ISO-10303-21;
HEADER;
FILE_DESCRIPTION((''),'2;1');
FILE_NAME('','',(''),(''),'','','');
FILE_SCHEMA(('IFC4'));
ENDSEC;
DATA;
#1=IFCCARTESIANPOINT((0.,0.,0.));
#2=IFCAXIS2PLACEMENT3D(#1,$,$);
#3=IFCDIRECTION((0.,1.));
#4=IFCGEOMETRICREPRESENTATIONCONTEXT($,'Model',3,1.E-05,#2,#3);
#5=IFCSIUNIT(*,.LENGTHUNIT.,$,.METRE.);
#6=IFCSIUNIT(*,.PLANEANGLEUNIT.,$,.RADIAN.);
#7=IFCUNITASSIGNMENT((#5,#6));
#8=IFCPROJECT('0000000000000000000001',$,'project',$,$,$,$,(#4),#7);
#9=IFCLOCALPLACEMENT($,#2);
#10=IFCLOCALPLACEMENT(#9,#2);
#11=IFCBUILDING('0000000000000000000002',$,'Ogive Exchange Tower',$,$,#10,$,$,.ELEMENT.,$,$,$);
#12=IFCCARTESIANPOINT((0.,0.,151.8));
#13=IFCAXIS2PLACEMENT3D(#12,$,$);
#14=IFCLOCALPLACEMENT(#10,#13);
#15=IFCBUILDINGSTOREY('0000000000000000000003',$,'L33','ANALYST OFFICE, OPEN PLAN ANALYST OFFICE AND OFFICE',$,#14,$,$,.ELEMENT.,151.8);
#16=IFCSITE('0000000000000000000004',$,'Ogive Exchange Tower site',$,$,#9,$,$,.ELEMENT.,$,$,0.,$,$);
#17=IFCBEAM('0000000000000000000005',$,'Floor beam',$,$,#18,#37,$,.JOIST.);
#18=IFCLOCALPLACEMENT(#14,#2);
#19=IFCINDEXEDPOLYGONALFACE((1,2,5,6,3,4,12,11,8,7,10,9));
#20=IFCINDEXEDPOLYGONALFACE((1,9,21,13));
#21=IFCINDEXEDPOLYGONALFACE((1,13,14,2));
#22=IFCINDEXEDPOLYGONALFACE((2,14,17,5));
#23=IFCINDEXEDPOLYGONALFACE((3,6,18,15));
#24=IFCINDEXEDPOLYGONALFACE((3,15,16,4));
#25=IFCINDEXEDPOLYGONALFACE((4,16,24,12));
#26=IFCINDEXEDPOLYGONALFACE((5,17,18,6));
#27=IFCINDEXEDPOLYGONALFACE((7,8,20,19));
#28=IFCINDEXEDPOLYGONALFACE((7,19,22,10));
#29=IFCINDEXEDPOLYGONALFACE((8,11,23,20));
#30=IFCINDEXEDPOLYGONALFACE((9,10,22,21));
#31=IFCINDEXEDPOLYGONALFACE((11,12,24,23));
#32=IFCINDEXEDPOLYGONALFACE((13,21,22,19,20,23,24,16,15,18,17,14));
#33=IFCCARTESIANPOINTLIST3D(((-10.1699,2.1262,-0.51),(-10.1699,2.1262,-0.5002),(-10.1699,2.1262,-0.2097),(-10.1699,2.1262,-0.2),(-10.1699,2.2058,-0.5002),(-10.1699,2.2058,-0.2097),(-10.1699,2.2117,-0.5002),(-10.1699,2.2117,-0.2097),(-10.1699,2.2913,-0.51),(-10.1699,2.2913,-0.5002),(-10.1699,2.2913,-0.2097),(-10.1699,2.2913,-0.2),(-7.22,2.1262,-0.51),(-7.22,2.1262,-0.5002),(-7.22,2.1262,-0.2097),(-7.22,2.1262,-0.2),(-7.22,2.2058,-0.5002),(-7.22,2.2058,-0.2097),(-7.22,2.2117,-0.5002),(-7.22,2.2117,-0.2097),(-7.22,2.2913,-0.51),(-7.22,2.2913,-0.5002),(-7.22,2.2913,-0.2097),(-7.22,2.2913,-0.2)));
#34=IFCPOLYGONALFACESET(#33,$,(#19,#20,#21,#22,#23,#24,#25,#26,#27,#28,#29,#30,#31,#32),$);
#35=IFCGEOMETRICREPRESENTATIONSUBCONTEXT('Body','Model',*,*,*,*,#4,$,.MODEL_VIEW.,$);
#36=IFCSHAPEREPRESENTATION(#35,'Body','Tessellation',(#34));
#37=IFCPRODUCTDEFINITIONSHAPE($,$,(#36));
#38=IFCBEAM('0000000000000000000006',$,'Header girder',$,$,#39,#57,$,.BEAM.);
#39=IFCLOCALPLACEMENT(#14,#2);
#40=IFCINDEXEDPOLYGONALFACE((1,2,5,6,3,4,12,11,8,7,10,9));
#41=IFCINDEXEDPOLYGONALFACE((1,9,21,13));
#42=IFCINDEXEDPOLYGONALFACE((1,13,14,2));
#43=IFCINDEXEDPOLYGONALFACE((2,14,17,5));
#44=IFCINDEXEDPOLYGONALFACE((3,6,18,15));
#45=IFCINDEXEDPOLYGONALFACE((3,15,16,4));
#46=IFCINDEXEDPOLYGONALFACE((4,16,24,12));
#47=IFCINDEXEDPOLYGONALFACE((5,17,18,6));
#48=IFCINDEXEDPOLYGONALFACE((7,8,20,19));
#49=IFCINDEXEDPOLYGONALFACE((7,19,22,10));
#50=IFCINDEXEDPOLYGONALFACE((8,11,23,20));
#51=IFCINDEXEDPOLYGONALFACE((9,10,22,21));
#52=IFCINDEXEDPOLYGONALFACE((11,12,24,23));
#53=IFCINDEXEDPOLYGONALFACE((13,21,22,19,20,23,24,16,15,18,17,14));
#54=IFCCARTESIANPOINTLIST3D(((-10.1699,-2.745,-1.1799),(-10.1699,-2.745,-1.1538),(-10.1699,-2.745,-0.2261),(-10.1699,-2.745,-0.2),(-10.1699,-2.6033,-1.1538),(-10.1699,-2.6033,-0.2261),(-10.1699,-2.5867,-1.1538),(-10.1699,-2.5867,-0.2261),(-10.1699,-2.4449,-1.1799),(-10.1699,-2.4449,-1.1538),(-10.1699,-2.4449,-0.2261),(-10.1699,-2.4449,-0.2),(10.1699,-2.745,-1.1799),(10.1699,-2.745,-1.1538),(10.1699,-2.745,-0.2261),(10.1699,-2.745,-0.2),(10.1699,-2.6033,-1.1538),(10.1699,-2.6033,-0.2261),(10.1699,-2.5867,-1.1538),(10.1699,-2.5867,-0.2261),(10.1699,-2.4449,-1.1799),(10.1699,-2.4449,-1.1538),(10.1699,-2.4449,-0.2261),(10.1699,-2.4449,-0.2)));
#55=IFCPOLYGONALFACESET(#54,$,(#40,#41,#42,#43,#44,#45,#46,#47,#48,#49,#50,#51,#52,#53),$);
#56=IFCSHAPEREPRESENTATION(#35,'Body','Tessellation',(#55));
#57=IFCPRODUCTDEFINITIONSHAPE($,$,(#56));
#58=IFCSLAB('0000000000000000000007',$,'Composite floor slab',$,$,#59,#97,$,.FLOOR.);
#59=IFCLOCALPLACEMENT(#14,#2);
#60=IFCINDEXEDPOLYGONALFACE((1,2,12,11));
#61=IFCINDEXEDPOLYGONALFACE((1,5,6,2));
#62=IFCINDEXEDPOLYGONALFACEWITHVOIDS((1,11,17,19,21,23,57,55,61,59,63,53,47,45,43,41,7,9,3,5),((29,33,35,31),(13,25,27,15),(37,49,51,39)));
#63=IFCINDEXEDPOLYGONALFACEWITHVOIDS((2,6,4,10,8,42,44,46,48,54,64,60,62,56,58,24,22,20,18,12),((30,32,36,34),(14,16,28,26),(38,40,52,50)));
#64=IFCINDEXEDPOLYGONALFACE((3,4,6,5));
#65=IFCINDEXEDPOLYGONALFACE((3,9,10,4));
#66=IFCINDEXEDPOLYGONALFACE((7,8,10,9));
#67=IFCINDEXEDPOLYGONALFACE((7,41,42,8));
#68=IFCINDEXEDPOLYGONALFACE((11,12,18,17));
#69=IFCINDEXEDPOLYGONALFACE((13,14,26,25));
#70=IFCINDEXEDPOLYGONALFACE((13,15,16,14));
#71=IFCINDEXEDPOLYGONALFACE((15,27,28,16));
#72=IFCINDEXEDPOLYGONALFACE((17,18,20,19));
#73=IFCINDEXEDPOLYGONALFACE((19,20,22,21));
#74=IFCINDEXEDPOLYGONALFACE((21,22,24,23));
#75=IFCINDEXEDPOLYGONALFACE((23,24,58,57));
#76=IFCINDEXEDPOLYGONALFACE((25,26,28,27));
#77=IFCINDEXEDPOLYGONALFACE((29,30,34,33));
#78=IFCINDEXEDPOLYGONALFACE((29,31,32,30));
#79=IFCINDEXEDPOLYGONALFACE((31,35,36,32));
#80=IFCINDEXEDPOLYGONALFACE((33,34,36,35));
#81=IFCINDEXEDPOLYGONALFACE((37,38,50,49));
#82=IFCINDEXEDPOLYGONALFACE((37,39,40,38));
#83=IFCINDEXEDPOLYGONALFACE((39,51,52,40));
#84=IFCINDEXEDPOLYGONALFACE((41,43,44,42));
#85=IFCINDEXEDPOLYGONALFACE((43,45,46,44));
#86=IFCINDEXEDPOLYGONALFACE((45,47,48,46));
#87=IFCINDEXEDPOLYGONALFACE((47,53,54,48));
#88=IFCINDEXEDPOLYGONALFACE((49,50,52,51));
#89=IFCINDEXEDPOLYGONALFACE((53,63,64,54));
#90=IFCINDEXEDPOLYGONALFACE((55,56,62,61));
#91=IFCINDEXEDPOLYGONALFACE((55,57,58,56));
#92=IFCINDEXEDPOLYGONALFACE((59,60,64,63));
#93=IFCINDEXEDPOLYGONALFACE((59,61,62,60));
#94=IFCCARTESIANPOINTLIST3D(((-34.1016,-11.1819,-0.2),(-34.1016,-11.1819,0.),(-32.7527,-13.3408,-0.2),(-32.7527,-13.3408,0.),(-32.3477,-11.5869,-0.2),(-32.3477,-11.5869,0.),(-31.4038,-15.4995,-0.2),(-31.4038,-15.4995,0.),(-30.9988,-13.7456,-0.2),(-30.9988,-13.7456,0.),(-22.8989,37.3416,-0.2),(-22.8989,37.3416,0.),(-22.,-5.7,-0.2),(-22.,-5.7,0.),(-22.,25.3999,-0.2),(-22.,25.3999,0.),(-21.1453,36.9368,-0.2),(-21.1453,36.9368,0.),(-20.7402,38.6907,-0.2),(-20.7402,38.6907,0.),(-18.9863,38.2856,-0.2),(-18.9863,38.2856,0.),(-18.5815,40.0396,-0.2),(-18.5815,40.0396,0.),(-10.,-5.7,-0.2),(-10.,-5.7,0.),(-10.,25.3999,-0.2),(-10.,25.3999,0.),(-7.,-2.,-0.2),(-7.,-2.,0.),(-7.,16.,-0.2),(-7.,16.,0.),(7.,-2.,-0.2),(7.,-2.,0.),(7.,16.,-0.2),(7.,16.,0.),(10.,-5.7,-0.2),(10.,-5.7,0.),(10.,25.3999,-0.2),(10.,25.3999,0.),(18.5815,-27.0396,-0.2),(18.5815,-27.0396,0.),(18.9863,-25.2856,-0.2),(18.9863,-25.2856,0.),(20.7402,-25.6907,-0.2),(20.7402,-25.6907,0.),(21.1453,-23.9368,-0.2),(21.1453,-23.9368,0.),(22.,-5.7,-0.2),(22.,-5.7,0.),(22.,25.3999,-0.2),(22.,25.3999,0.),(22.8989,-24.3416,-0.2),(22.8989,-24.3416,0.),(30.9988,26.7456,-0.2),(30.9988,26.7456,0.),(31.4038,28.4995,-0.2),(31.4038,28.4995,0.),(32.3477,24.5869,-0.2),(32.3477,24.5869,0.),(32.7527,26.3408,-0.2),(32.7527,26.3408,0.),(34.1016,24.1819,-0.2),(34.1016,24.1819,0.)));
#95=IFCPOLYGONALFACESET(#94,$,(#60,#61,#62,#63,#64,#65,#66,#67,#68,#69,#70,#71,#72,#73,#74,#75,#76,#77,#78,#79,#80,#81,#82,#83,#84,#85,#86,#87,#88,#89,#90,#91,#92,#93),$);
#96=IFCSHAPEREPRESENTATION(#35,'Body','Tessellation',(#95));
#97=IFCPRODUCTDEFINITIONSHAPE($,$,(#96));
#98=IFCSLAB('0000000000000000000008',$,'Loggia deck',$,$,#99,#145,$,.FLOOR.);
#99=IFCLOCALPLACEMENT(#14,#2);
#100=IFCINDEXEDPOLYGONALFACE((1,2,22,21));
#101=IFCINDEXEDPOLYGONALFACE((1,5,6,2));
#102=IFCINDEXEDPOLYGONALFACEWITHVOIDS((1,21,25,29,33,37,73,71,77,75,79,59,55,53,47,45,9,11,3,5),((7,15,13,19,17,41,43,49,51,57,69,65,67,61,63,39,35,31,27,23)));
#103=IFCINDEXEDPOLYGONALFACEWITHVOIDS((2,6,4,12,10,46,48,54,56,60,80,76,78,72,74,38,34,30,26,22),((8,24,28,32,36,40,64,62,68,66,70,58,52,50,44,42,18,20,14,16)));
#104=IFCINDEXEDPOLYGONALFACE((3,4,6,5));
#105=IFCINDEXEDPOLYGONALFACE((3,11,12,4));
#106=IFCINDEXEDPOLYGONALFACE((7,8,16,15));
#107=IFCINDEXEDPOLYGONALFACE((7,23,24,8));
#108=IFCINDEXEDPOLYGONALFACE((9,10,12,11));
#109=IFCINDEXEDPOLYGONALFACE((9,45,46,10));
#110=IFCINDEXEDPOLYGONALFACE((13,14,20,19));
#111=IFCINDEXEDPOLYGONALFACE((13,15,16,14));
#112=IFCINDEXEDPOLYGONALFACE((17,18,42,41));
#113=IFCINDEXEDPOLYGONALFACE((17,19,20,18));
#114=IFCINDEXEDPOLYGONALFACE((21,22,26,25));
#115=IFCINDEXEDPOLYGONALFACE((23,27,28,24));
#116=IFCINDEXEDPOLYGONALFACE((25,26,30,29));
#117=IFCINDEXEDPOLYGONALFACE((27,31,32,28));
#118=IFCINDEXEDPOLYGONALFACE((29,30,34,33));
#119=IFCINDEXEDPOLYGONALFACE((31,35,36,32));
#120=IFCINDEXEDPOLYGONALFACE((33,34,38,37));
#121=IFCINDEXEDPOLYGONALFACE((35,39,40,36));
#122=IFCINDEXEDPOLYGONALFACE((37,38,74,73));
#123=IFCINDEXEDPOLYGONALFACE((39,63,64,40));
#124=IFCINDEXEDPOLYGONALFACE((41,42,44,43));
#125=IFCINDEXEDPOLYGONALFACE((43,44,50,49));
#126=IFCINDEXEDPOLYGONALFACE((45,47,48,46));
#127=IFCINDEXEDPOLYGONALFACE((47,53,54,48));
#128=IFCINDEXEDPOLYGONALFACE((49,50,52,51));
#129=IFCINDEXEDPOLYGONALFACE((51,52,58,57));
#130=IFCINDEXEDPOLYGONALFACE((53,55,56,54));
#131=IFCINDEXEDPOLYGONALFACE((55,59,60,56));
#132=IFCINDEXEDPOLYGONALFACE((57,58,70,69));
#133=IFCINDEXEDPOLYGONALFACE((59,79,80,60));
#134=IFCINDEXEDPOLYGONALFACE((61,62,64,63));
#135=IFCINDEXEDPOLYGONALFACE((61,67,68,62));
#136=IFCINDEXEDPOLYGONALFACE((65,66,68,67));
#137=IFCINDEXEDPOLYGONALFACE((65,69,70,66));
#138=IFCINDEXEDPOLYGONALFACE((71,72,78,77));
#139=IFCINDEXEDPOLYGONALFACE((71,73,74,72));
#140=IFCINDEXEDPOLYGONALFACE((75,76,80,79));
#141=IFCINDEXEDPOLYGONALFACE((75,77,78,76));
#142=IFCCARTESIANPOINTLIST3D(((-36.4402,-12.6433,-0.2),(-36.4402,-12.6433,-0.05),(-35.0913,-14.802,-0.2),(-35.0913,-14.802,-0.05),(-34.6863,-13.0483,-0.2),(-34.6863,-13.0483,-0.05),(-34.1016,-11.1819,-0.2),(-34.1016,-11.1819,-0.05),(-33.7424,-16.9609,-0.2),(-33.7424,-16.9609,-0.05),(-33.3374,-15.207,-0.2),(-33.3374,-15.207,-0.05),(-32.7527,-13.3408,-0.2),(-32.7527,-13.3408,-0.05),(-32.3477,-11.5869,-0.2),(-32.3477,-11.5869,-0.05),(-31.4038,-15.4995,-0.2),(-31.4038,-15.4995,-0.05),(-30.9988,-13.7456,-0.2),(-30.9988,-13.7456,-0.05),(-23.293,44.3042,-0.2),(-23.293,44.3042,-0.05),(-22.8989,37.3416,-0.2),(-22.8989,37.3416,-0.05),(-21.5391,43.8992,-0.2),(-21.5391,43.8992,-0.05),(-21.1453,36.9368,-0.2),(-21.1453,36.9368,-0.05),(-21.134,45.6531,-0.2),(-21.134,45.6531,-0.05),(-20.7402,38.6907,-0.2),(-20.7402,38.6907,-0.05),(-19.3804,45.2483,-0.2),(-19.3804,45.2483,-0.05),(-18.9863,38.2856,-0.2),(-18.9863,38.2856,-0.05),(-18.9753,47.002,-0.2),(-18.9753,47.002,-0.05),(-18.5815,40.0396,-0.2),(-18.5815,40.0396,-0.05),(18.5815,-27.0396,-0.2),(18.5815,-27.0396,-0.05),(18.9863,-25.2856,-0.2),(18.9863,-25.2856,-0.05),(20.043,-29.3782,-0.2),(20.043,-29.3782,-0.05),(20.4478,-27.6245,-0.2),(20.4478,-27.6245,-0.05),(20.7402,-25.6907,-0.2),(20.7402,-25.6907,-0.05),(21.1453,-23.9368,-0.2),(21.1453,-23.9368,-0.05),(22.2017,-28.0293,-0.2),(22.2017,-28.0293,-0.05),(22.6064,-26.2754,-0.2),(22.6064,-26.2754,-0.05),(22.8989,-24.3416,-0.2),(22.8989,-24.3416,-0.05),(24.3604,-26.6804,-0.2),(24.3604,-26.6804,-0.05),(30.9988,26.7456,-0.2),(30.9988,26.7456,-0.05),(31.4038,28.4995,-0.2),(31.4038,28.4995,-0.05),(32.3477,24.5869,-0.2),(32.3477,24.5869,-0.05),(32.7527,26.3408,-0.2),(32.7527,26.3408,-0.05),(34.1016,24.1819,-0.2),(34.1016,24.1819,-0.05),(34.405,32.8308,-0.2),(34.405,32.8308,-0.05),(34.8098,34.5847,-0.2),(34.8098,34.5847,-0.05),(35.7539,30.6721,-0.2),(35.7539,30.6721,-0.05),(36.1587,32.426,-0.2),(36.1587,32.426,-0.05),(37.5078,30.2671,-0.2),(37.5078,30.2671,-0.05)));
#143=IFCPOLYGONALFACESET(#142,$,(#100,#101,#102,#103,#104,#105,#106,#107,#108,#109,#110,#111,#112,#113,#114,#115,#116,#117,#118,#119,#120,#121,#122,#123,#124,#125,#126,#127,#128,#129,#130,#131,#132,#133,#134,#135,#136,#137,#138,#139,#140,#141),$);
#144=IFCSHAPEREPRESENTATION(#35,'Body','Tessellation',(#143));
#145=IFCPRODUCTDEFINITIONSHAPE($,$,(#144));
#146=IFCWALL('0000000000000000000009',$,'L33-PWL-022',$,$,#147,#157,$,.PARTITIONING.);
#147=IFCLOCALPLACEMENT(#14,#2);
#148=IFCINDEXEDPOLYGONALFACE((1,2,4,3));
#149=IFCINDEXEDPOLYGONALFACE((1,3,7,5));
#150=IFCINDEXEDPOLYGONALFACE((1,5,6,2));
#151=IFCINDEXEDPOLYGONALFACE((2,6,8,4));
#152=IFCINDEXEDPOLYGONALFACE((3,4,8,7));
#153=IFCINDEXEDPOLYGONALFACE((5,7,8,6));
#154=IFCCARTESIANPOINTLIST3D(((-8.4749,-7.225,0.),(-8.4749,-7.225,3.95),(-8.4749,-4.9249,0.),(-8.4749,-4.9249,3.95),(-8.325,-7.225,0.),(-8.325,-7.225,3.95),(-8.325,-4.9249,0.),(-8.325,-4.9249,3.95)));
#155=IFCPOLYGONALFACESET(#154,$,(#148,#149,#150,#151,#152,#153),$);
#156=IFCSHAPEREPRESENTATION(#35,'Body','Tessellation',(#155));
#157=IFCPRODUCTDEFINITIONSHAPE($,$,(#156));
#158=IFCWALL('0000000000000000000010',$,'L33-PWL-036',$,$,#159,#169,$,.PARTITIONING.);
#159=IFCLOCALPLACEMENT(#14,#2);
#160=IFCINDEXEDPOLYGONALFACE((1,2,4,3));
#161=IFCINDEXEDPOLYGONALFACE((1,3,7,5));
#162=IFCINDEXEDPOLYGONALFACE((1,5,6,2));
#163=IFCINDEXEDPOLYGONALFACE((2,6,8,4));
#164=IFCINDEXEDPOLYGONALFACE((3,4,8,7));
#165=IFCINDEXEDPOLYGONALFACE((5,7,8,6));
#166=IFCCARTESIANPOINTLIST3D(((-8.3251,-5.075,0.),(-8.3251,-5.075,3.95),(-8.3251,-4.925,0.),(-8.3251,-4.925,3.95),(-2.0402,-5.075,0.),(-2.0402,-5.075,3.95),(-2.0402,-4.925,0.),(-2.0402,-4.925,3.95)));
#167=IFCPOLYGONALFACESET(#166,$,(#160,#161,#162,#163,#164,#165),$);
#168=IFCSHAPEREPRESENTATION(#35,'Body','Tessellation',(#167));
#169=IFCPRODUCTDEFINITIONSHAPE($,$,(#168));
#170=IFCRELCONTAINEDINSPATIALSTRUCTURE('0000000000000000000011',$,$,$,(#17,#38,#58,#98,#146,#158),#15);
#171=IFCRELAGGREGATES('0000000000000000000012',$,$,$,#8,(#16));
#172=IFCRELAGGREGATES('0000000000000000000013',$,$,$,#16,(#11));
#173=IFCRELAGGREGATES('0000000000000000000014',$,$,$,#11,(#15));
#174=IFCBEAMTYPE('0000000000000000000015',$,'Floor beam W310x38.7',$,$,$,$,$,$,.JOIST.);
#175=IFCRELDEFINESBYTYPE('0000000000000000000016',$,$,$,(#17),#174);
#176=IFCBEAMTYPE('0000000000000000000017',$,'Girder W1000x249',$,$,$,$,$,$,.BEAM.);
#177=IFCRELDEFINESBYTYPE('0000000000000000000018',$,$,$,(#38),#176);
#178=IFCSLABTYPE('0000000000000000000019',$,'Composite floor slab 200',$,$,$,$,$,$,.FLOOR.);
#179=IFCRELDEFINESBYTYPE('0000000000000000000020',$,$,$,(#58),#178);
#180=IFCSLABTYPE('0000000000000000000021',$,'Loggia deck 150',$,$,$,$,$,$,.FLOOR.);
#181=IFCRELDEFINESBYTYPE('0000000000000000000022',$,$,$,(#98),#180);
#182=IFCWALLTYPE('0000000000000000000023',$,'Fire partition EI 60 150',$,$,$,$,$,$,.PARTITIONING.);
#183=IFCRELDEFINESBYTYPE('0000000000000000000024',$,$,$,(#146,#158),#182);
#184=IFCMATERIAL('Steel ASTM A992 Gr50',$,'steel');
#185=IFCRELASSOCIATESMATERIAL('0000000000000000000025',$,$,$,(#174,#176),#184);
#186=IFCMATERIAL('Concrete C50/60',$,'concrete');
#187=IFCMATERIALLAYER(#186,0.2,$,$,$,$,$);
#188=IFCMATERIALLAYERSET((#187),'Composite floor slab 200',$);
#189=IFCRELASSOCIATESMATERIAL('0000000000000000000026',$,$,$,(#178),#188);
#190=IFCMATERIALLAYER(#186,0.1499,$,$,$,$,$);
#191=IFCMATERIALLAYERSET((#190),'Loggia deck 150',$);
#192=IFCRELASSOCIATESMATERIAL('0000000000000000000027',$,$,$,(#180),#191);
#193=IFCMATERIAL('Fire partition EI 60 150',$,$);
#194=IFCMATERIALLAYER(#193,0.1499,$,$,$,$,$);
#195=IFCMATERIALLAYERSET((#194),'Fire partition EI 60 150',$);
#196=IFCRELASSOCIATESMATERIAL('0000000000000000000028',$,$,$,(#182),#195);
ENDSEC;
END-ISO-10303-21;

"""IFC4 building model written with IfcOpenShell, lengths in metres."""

from ifc_helpers import new_model, si_unit, direction, frame, frame_2d, origin, origin_2d, place, context, subcontext, project, spatial, polyline, rectangle, i_section, outline, extrude, material, layer, layer_set, material_profile, profile_set, type_object, element, save


model = new_model("IFC4")

# Units and contexts
model_context = context("Model", 3, precision=1e-05, world=origin(), true_north=direction((0.0, 1.0)))
body_context = subcontext(model_context, "Body", "Model", "MODEL_VIEW")
ifc_project = project(units=[si_unit("LENGTHUNIT", "METRE"), si_unit("PLANEANGLEUNIT", "RADIAN")], contexts=[model_context])

# Site, building, storey
site_placement = place(None, origin())
site = spatial("IfcSite", under=ifc_project, at=site_placement, Name="Ogive Exchange Tower site", CompositionType="ELEMENT", RefElevation=0.0)
building_placement = place(site_placement, origin())
building = spatial("IfcBuilding", under=site, at=building_placement, Name="Ogive Exchange Tower", CompositionType="ELEMENT")
storey_placement = place(building_placement, frame((0.0, 0.0, 151.8)))
storey = spatial("IfcBuildingStorey", under=building, at=storey_placement, Name="L33", Description="ANALYST OFFICE, OPEN PLAN ANALYST OFFICE AND OFFICE", CompositionType="ELEMENT", Elevation=151.8)

# Beams
ifc_material_1 = material(Name="Steel ASTM A992 Gr50", Category="steel")
ifc_material_profile_1 = material_profile(ifc_material_1, i_section(OverallWidth=0.165, OverallDepth=0.3101, WebThickness=0.0059, FlangeThickness=0.0098, at=origin_2d()), Name="W310x38.7")
ifc_profile_set_1 = profile_set([ifc_material_profile_1], Name="Steel ASTM A992 Gr50")
beam_type_1 = type_object("IfcBeamType", Name="Floor beam W310x38.7", PredefinedType="JOIST", material=ifc_profile_set_1)
beam_1_placement = place(storey_placement, frame((-10.1699, 2.2087, -0.355), z_axis=(1.0, 0.0, 0.0), x_axis=(0.0, 1.0, 0.0)))
element("IfcBeam", 1, at=beam_1_placement, inside=storey, type_object=beam_type_1, Name="Floor beam", PredefinedType="JOIST", context=body_context, shape_type="SweptSolid", body=[
    extrude(i_section(OverallWidth=0.165, OverallDepth=0.3101, WebThickness=0.0059, FlangeThickness=0.0098, at=origin_2d()), origin(), (0.0, 0.0, 1.0), 2.95),
])
ifc_material_profile_2 = material_profile(ifc_material_1, i_section(OverallWidth=0.3, OverallDepth=0.98, WebThickness=0.0166, FlangeThickness=0.0261, at=origin_2d()), Name="W1000x249")
ifc_profile_set_2 = profile_set([ifc_material_profile_2], Name="Steel ASTM A992 Gr50")
beam_type_2 = type_object("IfcBeamType", Name="Girder W1000x249", PredefinedType="BEAM", material=ifc_profile_set_2)
beam_2_placement = place(storey_placement, frame((-10.1699, -2.595, -0.6899), z_axis=(1.0, 0.0, 0.0), x_axis=(0.0, 1.0, 0.0)))
element("IfcBeam", 2, at=beam_2_placement, inside=storey, type_object=beam_type_2, Name="Header girder", PredefinedType="BEAM", context=body_context, shape_type="SweptSolid", body=[
    extrude(i_section(OverallWidth=0.3, OverallDepth=0.98, WebThickness=0.0166, FlangeThickness=0.0261, at=origin_2d()), origin(), (0.0, 0.0, 1.0), 20.3398),
])

# Slabs
ifc_material_2 = material(Name="Concrete C50/60", Category="concrete")
ifc_layer_1 = layer(ifc_material_2, 0.2)
ifc_layer_set_1 = layer_set([ifc_layer_1], Name="Composite floor slab 200")
slab_type_1 = type_object("IfcSlabType", Name="Composite floor slab 200", PredefinedType="FLOOR", material=ifc_layer_set_1)
slab_1_placement = place(storey_placement, frame((0.0, 0.0, -0.2)))
element("IfcSlab", 3, at=slab_1_placement, inside=storey, type_object=slab_type_1, Name="Composite floor slab", PredefinedType="FLOOR", context=body_context, shape_type="SweptSolid", body=[
    extrude(outline(polyline([(-30.9988, -13.7456), (-32.7527, -13.3408), (-32.3477, -11.5869), (-34.1016, -11.1819), (-22.8989, 37.3416), (-21.1453, 36.9368), (-20.7402, 38.6907), (-18.9863, 38.2856), (-18.5815, 40.0396), (31.4038, 28.4995), (30.9988, 26.7456), (32.7527, 26.3408), (32.3477, 24.5869), (34.1016, 24.1819), (22.8989, -24.3416), (21.1453, -23.9368), (20.7402, -25.6907), (18.9863, -25.2856), (18.5815, -27.0396), (-31.4038, -15.4995), (-30.9988, -13.7456)]), holes=[polyline([(7.0, -2.0), (7.0, 16.0), (-7.0, 16.0), (-7.0, -2.0), (7.0, -2.0)]), polyline([(-22.0, -5.7), (-10.0, -5.7), (-10.0, 25.3999), (-22.0, 25.3999), (-22.0, -5.7)]), polyline([(10.0, -5.7), (22.0, -5.7), (22.0, 25.3999), (10.0, 25.3999), (10.0, -5.7)])]), origin(), (0.0, 0.0, 1.0), 0.2),
])
ifc_layer_2 = layer(ifc_material_2, 0.1499)
ifc_layer_set_2 = layer_set([ifc_layer_2], Name="Loggia deck 150")
slab_type_2 = type_object("IfcSlabType", Name="Loggia deck 150", PredefinedType="FLOOR", material=ifc_layer_set_2)
slab_2_placement = place(storey_placement, frame((0.0, 0.0, -0.2)))
element("IfcSlab", 4, at=slab_2_placement, inside=storey, type_object=slab_type_2, Name="Loggia deck", PredefinedType="FLOOR", context=body_context, shape_type="SweptSolid", body=[
    extrude(outline(polyline([(-33.3374, -15.207), (-35.0913, -14.802), (-34.6863, -13.0483), (-36.4402, -12.6433), (-23.293, 44.3042), (-21.5391, 43.8992), (-21.134, 45.6531), (-19.3804, 45.2483), (-18.9753, 47.002), (34.8098, 34.5847), (34.405, 32.8308), (36.1587, 32.426), (35.7539, 30.6721), (37.5078, 30.2671), (24.3604, -26.6804), (22.6064, -26.2754), (22.2017, -28.0293), (20.4478, -27.6245), (20.043, -29.3782), (-33.7424, -16.9609), (-33.3374, -15.207)]), holes=[polyline([(18.9863, -25.2856), (20.7402, -25.6907), (21.1453, -23.9368), (22.8989, -24.3416), (34.1016, 24.1819), (32.3477, 24.5869), (32.7527, 26.3408), (30.9988, 26.7456), (31.4038, 28.4995), (-18.5815, 40.0396), (-18.9863, 38.2856), (-20.7402, 38.6907), (-21.1453, 36.9368), (-22.8989, 37.3416), (-34.1016, -11.1819), (-32.3477, -11.5869), (-32.7527, -13.3408), (-30.9988, -13.7456), (-31.4038, -15.4995), (18.5815, -27.0396), (18.9863, -25.2856)])]), origin(), (0.0, 0.0, 1.0), 0.1499),
])

# Walls
ifc_material_3 = material(Name="Fire partition EI 60 150")
ifc_layer_3 = layer(ifc_material_3, 0.1499)
ifc_layer_set_3 = layer_set([ifc_layer_3], Name="Fire partition EI 60 150")
wall_type_1 = type_object("IfcWallType", Name="Fire partition EI 60 150", PredefinedType="PARTITIONING", material=ifc_layer_set_3)
wall_1_placement = place(storey_placement, frame((-8.3999, -4.925, 0.0), z_axis=(0.0, 0.0, 1.0), x_axis=(0.0, -1.0, 0.0)))
element("IfcWall", 5, at=wall_1_placement, inside=storey, type_object=wall_type_1, Name="L33-PWL-022", PredefinedType="PARTITIONING", context=body_context, shape_type="SweptSolid", body=[
    extrude(rectangle(XDim=2.3, YDim=0.1499, at=frame_2d((1.1499, 0.0))), origin(), (0.0, 0.0, 1.0), 3.95),
])
wall_2_placement = place(storey_placement, frame((-2.04, -5.0, 0.0), z_axis=(0.0, 0.0, 1.0), x_axis=(-1.0, 0.0, 0.0)))
element("IfcWall", 6, at=wall_2_placement, inside=storey, type_object=wall_type_1, Name="L33-PWL-036", PredefinedType="PARTITIONING", context=body_context, shape_type="SweptSolid", body=[
    extrude(rectangle(XDim=6.2849, YDim=0.1499, at=frame_2d((3.1426, 0.0))), origin(), (0.0, 0.0, 1.0), 3.95),
])

save(model, "model.ifc")
